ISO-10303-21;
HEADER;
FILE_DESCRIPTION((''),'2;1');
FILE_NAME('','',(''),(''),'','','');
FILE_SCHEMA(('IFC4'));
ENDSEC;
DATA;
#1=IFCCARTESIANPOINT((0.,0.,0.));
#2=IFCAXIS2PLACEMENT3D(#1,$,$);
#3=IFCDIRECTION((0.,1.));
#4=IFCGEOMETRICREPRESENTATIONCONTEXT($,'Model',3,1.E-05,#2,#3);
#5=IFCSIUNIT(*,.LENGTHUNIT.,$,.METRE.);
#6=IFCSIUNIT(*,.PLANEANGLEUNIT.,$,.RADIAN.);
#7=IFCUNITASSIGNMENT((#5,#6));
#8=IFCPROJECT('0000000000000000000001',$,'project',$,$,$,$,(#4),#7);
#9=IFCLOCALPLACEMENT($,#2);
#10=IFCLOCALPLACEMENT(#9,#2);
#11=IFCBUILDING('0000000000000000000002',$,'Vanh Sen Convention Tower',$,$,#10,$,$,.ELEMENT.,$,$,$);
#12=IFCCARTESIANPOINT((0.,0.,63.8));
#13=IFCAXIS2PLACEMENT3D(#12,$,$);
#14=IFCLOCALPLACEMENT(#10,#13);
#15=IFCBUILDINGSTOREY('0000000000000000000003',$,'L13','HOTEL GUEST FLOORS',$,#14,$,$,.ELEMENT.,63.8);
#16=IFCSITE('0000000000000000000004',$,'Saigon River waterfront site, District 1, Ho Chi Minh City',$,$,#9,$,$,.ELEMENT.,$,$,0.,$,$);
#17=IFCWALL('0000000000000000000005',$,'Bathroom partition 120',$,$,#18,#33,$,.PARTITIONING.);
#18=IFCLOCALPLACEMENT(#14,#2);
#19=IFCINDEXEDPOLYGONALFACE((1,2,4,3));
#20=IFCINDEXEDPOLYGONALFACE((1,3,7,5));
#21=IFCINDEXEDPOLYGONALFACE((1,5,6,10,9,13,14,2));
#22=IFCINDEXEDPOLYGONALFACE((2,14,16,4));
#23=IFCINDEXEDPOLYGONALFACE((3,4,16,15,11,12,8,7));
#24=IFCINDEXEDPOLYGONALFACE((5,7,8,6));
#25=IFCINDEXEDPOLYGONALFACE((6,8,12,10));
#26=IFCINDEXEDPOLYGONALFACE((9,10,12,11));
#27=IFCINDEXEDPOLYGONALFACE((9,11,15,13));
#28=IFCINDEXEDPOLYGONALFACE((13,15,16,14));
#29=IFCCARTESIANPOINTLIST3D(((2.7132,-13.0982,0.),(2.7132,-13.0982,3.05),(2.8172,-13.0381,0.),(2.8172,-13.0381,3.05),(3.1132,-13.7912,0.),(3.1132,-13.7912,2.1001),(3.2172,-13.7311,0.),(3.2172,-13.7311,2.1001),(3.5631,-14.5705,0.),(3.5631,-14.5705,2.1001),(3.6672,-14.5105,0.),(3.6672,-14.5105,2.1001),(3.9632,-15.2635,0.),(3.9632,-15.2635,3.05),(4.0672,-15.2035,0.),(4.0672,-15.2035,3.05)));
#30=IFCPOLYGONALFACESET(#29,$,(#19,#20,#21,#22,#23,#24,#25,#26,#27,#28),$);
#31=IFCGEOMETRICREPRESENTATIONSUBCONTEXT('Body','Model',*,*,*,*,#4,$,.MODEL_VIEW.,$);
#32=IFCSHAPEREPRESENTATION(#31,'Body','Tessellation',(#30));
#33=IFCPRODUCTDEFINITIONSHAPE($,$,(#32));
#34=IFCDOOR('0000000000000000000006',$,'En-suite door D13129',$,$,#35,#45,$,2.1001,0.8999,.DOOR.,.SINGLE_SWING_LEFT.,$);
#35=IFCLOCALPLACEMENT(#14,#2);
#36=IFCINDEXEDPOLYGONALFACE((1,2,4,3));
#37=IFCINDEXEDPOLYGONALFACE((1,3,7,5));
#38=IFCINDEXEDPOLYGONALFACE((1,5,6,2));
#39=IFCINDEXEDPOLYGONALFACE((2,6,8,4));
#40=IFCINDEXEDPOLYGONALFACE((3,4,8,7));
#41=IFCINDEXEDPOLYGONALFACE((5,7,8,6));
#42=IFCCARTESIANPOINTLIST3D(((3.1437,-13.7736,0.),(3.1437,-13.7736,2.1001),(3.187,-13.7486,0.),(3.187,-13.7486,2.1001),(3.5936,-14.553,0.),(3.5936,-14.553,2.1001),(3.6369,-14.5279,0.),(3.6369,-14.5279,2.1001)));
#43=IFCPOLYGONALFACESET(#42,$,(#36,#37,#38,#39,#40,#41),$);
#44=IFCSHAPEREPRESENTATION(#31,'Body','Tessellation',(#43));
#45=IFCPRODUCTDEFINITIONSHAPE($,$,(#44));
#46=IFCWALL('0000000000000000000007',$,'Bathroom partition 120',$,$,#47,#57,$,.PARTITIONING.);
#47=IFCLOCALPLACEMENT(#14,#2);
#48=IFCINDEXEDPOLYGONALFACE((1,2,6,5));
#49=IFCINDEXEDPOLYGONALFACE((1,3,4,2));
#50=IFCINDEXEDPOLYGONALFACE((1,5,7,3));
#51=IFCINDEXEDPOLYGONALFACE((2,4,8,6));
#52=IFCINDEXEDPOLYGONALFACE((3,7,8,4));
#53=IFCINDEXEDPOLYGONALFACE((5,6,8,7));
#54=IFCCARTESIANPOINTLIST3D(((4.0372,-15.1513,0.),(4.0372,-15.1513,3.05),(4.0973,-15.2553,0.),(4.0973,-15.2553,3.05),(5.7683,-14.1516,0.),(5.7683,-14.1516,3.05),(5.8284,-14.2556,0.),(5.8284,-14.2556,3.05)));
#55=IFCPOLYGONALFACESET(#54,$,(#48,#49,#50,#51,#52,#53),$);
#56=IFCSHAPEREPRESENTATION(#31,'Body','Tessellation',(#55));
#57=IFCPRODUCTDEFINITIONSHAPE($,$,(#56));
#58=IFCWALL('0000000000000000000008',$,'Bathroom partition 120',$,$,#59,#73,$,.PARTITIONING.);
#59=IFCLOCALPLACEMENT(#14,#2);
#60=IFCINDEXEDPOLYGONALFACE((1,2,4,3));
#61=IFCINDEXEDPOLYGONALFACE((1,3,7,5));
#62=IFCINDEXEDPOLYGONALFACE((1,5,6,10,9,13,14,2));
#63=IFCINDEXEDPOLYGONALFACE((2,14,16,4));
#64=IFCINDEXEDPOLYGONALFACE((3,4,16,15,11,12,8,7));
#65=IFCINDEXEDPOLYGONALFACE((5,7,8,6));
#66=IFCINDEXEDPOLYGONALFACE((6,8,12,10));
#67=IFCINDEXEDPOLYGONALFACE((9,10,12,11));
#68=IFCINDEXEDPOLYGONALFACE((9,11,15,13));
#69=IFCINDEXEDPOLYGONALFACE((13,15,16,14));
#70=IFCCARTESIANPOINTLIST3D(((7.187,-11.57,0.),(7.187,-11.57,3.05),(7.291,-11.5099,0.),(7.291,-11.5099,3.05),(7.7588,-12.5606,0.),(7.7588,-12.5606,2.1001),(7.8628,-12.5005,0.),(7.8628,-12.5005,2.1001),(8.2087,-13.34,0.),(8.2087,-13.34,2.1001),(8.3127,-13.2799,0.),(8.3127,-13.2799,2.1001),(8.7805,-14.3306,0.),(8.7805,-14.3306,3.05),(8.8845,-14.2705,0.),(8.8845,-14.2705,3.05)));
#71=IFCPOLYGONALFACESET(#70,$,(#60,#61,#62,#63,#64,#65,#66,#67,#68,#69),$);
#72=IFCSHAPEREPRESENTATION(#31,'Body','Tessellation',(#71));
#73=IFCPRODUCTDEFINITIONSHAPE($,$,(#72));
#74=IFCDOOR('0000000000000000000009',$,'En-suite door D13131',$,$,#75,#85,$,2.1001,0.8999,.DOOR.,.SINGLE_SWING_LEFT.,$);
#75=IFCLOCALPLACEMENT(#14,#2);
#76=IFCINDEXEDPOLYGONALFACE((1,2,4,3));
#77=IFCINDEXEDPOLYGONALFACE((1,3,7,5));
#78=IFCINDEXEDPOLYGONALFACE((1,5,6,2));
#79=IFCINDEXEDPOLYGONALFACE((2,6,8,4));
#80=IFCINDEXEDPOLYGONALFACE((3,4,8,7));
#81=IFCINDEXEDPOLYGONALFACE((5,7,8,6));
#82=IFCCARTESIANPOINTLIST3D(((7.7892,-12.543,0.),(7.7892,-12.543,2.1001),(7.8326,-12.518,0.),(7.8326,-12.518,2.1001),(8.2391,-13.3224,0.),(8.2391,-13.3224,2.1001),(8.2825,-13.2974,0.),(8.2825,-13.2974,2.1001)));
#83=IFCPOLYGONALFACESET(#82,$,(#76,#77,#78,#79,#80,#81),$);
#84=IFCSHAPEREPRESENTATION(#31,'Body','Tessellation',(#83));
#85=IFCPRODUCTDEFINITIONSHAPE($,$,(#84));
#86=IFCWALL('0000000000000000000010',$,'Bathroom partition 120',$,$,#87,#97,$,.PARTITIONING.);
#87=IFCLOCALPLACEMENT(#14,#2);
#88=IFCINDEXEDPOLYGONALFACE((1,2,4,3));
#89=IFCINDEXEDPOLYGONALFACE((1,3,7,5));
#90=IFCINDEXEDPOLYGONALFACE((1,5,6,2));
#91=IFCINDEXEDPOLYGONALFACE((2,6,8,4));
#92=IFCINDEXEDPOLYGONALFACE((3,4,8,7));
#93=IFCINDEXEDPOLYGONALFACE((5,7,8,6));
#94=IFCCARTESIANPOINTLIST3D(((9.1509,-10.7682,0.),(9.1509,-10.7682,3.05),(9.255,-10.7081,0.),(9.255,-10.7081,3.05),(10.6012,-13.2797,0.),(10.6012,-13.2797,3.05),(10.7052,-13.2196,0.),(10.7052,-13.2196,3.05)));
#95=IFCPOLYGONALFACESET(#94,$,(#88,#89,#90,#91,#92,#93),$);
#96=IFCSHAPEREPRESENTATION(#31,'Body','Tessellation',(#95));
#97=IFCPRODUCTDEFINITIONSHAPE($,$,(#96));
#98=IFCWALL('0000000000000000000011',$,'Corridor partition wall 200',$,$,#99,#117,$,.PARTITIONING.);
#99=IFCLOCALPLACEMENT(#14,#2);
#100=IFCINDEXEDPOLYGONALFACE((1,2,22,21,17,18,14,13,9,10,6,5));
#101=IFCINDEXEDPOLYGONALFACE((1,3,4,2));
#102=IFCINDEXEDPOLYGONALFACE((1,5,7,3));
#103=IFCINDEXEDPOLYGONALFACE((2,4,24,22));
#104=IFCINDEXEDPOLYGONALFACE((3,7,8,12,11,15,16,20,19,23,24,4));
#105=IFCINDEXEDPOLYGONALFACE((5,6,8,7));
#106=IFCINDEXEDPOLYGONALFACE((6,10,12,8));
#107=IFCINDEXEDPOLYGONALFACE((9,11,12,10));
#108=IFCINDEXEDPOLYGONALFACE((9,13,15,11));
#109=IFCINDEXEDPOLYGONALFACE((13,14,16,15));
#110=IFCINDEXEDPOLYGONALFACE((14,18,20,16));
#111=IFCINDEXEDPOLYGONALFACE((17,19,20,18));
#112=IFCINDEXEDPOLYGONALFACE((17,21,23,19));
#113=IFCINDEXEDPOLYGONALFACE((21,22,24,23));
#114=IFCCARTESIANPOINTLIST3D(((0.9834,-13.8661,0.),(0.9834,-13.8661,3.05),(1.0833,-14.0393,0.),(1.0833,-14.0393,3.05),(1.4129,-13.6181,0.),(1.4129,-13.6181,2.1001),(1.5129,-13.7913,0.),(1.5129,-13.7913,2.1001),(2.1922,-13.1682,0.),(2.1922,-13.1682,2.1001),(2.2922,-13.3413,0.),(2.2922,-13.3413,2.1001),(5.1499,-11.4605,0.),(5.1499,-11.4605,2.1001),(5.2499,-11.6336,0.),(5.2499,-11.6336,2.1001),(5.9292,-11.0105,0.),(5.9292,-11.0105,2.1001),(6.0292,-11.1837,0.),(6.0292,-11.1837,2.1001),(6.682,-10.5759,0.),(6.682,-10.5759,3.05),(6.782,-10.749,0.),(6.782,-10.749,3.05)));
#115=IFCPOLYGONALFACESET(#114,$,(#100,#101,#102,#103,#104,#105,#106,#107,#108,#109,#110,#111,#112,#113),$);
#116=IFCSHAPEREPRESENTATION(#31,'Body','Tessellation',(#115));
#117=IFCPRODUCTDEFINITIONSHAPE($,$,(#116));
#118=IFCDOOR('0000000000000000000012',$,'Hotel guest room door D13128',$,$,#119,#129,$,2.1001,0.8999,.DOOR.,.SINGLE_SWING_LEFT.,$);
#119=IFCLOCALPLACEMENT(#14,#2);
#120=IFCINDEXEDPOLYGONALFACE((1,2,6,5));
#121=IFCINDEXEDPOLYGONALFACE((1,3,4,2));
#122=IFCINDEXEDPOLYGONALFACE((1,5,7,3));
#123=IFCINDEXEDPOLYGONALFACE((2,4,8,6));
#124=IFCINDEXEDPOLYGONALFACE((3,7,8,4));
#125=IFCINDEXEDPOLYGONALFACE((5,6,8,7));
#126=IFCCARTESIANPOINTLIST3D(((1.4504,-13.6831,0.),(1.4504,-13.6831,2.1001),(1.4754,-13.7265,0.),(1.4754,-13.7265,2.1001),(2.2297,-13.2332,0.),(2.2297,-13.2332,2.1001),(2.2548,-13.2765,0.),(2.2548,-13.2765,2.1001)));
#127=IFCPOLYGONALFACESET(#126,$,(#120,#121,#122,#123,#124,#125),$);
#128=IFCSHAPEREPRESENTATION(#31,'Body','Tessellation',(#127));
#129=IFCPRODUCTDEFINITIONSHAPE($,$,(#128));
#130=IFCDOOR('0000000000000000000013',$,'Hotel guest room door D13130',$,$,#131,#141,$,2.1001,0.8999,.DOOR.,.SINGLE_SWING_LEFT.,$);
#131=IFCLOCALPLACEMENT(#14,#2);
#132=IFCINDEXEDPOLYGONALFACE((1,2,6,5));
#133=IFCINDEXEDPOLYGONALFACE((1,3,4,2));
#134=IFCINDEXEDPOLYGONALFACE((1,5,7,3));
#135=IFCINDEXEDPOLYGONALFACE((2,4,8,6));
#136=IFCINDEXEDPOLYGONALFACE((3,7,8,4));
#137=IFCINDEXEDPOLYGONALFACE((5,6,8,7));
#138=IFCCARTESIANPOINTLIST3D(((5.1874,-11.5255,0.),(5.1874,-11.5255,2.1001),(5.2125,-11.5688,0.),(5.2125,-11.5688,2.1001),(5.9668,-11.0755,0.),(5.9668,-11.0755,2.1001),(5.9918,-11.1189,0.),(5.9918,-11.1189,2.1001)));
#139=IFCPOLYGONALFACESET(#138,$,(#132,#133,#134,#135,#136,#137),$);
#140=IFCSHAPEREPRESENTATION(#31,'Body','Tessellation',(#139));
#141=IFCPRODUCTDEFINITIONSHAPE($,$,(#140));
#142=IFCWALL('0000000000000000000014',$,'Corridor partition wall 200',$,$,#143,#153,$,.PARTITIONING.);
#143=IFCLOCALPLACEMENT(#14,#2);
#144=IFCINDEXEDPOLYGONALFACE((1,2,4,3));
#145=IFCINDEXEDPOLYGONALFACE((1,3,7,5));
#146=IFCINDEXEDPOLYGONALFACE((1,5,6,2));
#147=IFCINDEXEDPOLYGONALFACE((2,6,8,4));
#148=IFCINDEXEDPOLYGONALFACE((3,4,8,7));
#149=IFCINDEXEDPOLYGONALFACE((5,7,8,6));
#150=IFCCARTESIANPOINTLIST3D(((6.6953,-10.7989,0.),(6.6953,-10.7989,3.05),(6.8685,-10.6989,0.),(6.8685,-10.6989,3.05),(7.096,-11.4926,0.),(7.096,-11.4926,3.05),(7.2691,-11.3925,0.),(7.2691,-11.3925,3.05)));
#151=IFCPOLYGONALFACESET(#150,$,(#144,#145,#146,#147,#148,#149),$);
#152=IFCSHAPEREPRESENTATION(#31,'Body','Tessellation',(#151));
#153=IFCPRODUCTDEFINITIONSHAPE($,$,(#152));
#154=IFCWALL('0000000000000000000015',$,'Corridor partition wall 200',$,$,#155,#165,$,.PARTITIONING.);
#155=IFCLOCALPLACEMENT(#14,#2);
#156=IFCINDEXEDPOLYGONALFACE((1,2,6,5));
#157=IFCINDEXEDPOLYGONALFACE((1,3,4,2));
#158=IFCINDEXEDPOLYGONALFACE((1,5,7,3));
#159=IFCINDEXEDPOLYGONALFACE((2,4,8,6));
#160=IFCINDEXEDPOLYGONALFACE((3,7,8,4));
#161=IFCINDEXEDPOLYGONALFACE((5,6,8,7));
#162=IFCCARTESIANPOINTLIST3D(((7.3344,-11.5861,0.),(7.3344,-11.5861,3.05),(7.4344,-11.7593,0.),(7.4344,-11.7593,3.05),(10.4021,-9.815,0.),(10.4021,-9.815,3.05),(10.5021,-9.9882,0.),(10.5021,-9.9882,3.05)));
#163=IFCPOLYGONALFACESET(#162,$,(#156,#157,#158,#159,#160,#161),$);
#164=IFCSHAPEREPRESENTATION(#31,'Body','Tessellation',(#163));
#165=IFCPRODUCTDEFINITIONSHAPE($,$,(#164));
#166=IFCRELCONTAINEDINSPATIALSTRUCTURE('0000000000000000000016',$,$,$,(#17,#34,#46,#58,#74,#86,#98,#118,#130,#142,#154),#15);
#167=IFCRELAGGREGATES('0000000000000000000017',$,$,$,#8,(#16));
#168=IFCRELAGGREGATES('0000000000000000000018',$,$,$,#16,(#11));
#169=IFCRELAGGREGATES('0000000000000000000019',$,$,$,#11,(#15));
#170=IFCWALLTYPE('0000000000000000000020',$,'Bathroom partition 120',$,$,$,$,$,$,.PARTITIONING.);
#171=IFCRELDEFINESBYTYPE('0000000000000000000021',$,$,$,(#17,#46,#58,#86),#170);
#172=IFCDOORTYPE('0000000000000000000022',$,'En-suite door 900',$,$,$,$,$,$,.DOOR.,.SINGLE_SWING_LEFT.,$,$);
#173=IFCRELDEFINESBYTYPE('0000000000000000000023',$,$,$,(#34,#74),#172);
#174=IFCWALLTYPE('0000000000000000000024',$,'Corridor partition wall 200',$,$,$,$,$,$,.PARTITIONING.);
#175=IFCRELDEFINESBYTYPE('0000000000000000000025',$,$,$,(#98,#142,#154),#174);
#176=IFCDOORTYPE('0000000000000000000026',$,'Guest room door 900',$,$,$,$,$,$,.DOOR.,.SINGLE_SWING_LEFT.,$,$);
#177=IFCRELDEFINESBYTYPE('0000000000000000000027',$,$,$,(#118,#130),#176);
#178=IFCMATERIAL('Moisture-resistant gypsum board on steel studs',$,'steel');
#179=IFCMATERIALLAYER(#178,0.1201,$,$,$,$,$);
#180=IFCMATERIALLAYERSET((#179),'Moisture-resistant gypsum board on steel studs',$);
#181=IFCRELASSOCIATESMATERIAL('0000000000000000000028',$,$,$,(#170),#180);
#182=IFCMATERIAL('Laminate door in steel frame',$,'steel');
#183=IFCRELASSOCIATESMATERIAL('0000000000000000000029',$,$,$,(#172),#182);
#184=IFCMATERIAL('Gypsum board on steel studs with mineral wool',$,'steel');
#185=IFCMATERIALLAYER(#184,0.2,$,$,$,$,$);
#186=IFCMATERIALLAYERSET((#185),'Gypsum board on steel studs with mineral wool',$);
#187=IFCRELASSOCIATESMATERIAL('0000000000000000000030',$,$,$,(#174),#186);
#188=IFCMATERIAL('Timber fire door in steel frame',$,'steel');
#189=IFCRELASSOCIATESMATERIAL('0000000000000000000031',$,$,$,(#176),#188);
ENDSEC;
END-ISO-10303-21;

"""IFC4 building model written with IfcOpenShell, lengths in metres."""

from ifc_helpers import new_model, si_unit, direction, frame, frame_2d, origin, place, context, subcontext, project, spatial, rectangle, extrude, material, layer, layer_set, type_object, element, fill, save


model = new_model("IFC4")

# Units and contexts
model_context = context("Model", 3, precision=1e-05, world=origin(), true_north=direction((0.0, 1.0)))
body_context = subcontext(model_context, "Body", "Model", "MODEL_VIEW")
ifc_project = project(units=[si_unit("LENGTHUNIT", "METRE"), si_unit("PLANEANGLEUNIT", "RADIAN")], contexts=[model_context])

# Site, building, storey
site_placement = place(None, origin())
site = spatial("IfcSite", under=ifc_project, at=site_placement, Name="Saigon River waterfront site, District 1, Ho Chi Minh City", CompositionType="ELEMENT", RefElevation=0.0)
building_placement = place(site_placement, origin())
building = spatial("IfcBuilding", under=site, at=building_placement, Name="Vanh Sen Convention Tower", CompositionType="ELEMENT")
storey_placement = place(building_placement, frame((0.0, 0.0, 63.8)))
storey = spatial("IfcBuildingStorey", under=building, at=storey_placement, Name="L13", Description="HOTEL GUEST FLOORS", CompositionType="ELEMENT", Elevation=63.8)

# Wall, opening, door
ifc_material_1 = material(Name="Moisture-resistant gypsum board on steel studs", Category="steel")
ifc_layer_1 = layer(ifc_material_1, 0.1201)
ifc_layer_set_1 = layer_set([ifc_layer_1], Name="Moisture-resistant gypsum board on steel studs")
wall_type_1 = type_object("IfcWallType", Name="Bathroom partition 120", PredefinedType="PARTITIONING", material=ifc_layer_set_1)
wall_1_placement = place(storey_placement, frame((4.0151, -15.2334, 0.0), z_axis=(0.0, 0.0, 1.0), x_axis=(-0.499962, 0.866047, 0.0)))
wall_1 = element("IfcWall", 1, at=wall_1_placement, inside=storey, type_object=wall_type_1, Name="Bathroom partition 120", PredefinedType="PARTITIONING", context=body_context, shape_type="SweptSolid", body=[
    extrude(rectangle(XDim=2.5002, YDim=0.1201, at=frame_2d((1.25, 0.0))), origin(), (0.0, 0.0, 1.0), 3.05),
])
opening_1_placement = place(wall_1_placement, frame((0.8, 0.0, 0.0)))
opening_1 = element("IfcOpeningElement", 2, at=opening_1_placement, cuts=wall_1, PredefinedType="OPENING", context=body_context, shape_type="SweptSolid", body=[
    extrude(rectangle(XDim=0.8999, YDim=2.1001, at=frame_2d((0.45, 1.05))), frame((0.0, 0.0701, 0.0), z_axis=(0.0, -1.0, 0.0), x_axis=(1.0, 0.0, 0.0)), (0.0, 0.0, 1.0), 0.1401),
])
ifc_material_2 = material(Name="Laminate door in steel frame", Category="steel")
door_type_1 = type_object("IfcDoorType", Name="En-suite door 900", OperationType="SINGLE_SWING_LEFT", PredefinedType="DOOR", material=ifc_material_2)
door_1_placement = place(opening_1_placement, origin())
door_1 = element("IfcDoor", 3, at=door_1_placement, inside=storey, type_object=door_type_1, Name="En-suite door D13129", OperationType="SINGLE_SWING_LEFT", OverallHeight=2.1001, OverallWidth=0.8999, PredefinedType="DOOR", context=body_context, shape_type="SweptSolid", body=[
    extrude(rectangle(XDim=0.8999, YDim=2.1001, at=frame_2d((0.45, 1.05))), frame((0.0, 0.0249, 0.0), z_axis=(0.0, -1.0, 0.0), x_axis=(1.0, 0.0, 0.0)), (0.0, 0.0, 1.0), 0.05),
])
fill(opening_1, door_1)

# Wall
wall_2_placement = place(storey_placement, frame((5.7983, -14.2036, 0.0), z_axis=(0.0, 0.0, 1.0), x_axis=(-0.865972, -0.500092, 0.0)))
element("IfcWall", 4, at=wall_2_placement, inside=storey, type_object=wall_type_1, Name="Bathroom partition 120", PredefinedType="PARTITIONING", context=body_context, shape_type="SweptSolid", body=[
    extrude(rectangle(XDim=1.999, YDim=0.1201, at=frame_2d((0.9995, 0.0))), origin(), (0.0, 0.0, 1.0), 3.05),
])

# Wall, opening, door
wall_3_placement = place(storey_placement, frame((8.8325, -14.3005, 0.0), z_axis=(0.0, 0.0, 1.0), x_axis=(-0.499937, 0.866062, 0.0)))
wall_3 = element("IfcWall", 5, at=wall_3_placement, inside=storey, type_object=wall_type_1, Name="Bathroom partition 120", PredefinedType="PARTITIONING", context=body_context, shape_type="SweptSolid", body=[
    extrude(rectangle(XDim=3.1875, YDim=0.1201, at=frame_2d((1.5938, 0.0))), origin(), (0.0, 0.0, 1.0), 3.05),
])
opening_2_placement = place(wall_3_placement, frame((1.1438, 0.0, 0.0)))
opening_2 = element("IfcOpeningElement", 6, at=opening_2_placement, cuts=wall_3, PredefinedType="OPENING", context=body_context, shape_type="SweptSolid", body=[
    extrude(rectangle(XDim=0.8999, YDim=2.1001, at=frame_2d((0.45, 1.05))), frame((0.0, 0.0701, 0.0), z_axis=(0.0, -1.0, 0.0), x_axis=(1.0, 0.0, 0.0)), (0.0, 0.0, 1.0), 0.1401),
])
door_2_placement = place(opening_2_placement, origin())
door_2 = element("IfcDoor", 7, at=door_2_placement, inside=storey, type_object=door_type_1, Name="En-suite door D13131", OperationType="SINGLE_SWING_LEFT", OverallHeight=2.1001, OverallWidth=0.8999, PredefinedType="DOOR", context=body_context, shape_type="SweptSolid", body=[
    extrude(rectangle(XDim=0.8999, YDim=2.1001, at=frame_2d((0.45, 1.05))), frame((0.0, 0.0249, 0.0), z_axis=(0.0, -1.0, 0.0), x_axis=(1.0, 0.0, 0.0)), (0.0, 0.0, 1.0), 0.05),
])
fill(opening_2, door_2)

# Wall
wall_4_placement = place(storey_placement, frame((9.2029, -10.738, 0.0), z_axis=(0.0, 0.0, 1.0), x_axis=(0.50005, -0.865996, 0.0)))
element("IfcWall", 8, at=wall_4_placement, inside=storey, type_object=wall_type_1, Name="Bathroom partition 120", PredefinedType="PARTITIONING", context=body_context, shape_type="SweptSolid", body=[
    extrude(rectangle(XDim=2.9001, YDim=0.1201, at=frame_2d((1.4502, 0.0))), origin(), (0.0, 0.0, 1.0), 3.05),
])

# Wall, openings, doors
ifc_material_3 = material(Name="Gypsum board on steel studs with mineral wool", Category="steel")
ifc_layer_2 = layer(ifc_material_3, 0.2)
ifc_layer_set_2 = layer_set([ifc_layer_2], Name="Gypsum board on steel studs with mineral wool")
wall_type_2 = type_object("IfcWallType", Name="Corridor partition wall 200", PredefinedType="PARTITIONING", material=ifc_layer_set_2)
wall_5_placement = place(storey_placement, frame((1.0334, -13.9526, 0.0), z_axis=(0.0, 0.0, 1.0), x_axis=(0.866018, 0.500014, 0.0)))
wall_5 = element("IfcWall", 9, at=wall_5_placement, inside=storey, type_object=wall_type_2, Name="Corridor partition wall 200", PredefinedType="PARTITIONING", context=body_context, shape_type="SweptSolid", body=[
    extrude(rectangle(XDim=6.5803, YDim=0.2, at=frame_2d((3.29, 0.0))), origin(), (0.0, 0.0, 1.0), 3.05),
])
opening_3_placement = place(wall_5_placement, frame((0.4958, 0.0, 0.0)))
opening_3 = element("IfcOpeningElement", 10, at=opening_3_placement, cuts=wall_5, PredefinedType="OPENING", context=body_context, shape_type="SweptSolid", body=[
    extrude(rectangle(XDim=0.8999, YDim=2.1001, at=frame_2d((0.45, 1.05))), frame((0.0, 0.1099, 0.0), z_axis=(0.0, -1.0, 0.0), x_axis=(1.0, 0.0, 0.0)), (0.0, 0.0, 1.0), 0.22),
])
opening_4_placement = place(wall_5_placement, frame((4.811, 0.0, 0.0)))
opening_4 = element("IfcOpeningElement", 11, at=opening_4_placement, cuts=wall_5, PredefinedType="OPENING", context=body_context, shape_type="SweptSolid", body=[
    extrude(rectangle(XDim=0.8999, YDim=2.1001, at=frame_2d((0.45, 1.05))), frame((0.0, 0.1099, 0.0), z_axis=(0.0, -1.0, 0.0), x_axis=(1.0, 0.0, 0.0)), (0.0, 0.0, 1.0), 0.22),
])
ifc_material_4 = material(Name="Timber fire door in steel frame", Category="steel")
door_type_2 = type_object("IfcDoorType", Name="Guest room door 900", OperationType="SINGLE_SWING_LEFT", PredefinedType="DOOR", material=ifc_material_4)
door_3_placement = place(opening_3_placement, origin())
door_3 = element("IfcDoor", 12, at=door_3_placement, inside=storey, type_object=door_type_2, Name="Hotel guest room door D13128", OperationType="SINGLE_SWING_LEFT", OverallHeight=2.1001, OverallWidth=0.8999, PredefinedType="DOOR", context=body_context, shape_type="SweptSolid", body=[
    extrude(rectangle(XDim=0.8999, YDim=2.1001, at=frame_2d((0.45, 1.05))), frame((0.0, 0.0249, 0.0), z_axis=(0.0, -1.0, 0.0), x_axis=(1.0, 0.0, 0.0)), (0.0, 0.0, 1.0), 0.05),
])
fill(opening_3, door_3)
door_4_placement = place(opening_4_placement, origin())
door_4 = element("IfcDoor", 13, at=door_4_placement, inside=storey, type_object=door_type_2, Name="Hotel guest room door D13130", OperationType="SINGLE_SWING_LEFT", OverallHeight=2.1001, OverallWidth=0.8999, PredefinedType="DOOR", context=body_context, shape_type="SweptSolid", body=[
    extrude(rectangle(XDim=0.8999, YDim=2.1001, at=frame_2d((0.45, 1.05))), frame((0.0, 0.0249, 0.0), z_axis=(0.0, -1.0, 0.0), x_axis=(1.0, 0.0, 0.0)), (0.0, 0.0, 1.0), 0.05),
])
fill(opening_4, door_4)

# Walls
wall_6_placement = place(storey_placement, frame((6.782, -10.749, 0.0), z_axis=(0.0, 0.0, 1.0), x_axis=(0.500171, -0.865927, 0.0)))
element("IfcWall", 14, at=wall_6_placement, inside=storey, type_object=wall_type_2, Name="Corridor partition wall 200", PredefinedType="PARTITIONING", context=body_context, shape_type="SweptSolid", body=[
    extrude(rectangle(XDim=0.801, YDim=0.2, at=frame_2d((0.4004, 0.0))), origin(), (0.0, 0.0, 1.0), 3.05),
])
wall_7_placement = place(storey_placement, frame((7.3845, -11.6726, 0.0), z_axis=(0.0, 0.0, 1.0), x_axis=(0.866038, 0.499979, 0.0)))
element("IfcWall", 15, at=wall_7_placement, inside=storey, type_object=wall_type_2, Name="Corridor partition wall 200", PredefinedType="PARTITIONING", context=body_context, shape_type="SweptSolid", body=[
    extrude(rectangle(XDim=3.5422, YDim=0.2, at=frame_2d((1.771, 0.0))), origin(), (0.0, 0.0, 1.0), 3.05),
])

save(model, "model.ifc")
